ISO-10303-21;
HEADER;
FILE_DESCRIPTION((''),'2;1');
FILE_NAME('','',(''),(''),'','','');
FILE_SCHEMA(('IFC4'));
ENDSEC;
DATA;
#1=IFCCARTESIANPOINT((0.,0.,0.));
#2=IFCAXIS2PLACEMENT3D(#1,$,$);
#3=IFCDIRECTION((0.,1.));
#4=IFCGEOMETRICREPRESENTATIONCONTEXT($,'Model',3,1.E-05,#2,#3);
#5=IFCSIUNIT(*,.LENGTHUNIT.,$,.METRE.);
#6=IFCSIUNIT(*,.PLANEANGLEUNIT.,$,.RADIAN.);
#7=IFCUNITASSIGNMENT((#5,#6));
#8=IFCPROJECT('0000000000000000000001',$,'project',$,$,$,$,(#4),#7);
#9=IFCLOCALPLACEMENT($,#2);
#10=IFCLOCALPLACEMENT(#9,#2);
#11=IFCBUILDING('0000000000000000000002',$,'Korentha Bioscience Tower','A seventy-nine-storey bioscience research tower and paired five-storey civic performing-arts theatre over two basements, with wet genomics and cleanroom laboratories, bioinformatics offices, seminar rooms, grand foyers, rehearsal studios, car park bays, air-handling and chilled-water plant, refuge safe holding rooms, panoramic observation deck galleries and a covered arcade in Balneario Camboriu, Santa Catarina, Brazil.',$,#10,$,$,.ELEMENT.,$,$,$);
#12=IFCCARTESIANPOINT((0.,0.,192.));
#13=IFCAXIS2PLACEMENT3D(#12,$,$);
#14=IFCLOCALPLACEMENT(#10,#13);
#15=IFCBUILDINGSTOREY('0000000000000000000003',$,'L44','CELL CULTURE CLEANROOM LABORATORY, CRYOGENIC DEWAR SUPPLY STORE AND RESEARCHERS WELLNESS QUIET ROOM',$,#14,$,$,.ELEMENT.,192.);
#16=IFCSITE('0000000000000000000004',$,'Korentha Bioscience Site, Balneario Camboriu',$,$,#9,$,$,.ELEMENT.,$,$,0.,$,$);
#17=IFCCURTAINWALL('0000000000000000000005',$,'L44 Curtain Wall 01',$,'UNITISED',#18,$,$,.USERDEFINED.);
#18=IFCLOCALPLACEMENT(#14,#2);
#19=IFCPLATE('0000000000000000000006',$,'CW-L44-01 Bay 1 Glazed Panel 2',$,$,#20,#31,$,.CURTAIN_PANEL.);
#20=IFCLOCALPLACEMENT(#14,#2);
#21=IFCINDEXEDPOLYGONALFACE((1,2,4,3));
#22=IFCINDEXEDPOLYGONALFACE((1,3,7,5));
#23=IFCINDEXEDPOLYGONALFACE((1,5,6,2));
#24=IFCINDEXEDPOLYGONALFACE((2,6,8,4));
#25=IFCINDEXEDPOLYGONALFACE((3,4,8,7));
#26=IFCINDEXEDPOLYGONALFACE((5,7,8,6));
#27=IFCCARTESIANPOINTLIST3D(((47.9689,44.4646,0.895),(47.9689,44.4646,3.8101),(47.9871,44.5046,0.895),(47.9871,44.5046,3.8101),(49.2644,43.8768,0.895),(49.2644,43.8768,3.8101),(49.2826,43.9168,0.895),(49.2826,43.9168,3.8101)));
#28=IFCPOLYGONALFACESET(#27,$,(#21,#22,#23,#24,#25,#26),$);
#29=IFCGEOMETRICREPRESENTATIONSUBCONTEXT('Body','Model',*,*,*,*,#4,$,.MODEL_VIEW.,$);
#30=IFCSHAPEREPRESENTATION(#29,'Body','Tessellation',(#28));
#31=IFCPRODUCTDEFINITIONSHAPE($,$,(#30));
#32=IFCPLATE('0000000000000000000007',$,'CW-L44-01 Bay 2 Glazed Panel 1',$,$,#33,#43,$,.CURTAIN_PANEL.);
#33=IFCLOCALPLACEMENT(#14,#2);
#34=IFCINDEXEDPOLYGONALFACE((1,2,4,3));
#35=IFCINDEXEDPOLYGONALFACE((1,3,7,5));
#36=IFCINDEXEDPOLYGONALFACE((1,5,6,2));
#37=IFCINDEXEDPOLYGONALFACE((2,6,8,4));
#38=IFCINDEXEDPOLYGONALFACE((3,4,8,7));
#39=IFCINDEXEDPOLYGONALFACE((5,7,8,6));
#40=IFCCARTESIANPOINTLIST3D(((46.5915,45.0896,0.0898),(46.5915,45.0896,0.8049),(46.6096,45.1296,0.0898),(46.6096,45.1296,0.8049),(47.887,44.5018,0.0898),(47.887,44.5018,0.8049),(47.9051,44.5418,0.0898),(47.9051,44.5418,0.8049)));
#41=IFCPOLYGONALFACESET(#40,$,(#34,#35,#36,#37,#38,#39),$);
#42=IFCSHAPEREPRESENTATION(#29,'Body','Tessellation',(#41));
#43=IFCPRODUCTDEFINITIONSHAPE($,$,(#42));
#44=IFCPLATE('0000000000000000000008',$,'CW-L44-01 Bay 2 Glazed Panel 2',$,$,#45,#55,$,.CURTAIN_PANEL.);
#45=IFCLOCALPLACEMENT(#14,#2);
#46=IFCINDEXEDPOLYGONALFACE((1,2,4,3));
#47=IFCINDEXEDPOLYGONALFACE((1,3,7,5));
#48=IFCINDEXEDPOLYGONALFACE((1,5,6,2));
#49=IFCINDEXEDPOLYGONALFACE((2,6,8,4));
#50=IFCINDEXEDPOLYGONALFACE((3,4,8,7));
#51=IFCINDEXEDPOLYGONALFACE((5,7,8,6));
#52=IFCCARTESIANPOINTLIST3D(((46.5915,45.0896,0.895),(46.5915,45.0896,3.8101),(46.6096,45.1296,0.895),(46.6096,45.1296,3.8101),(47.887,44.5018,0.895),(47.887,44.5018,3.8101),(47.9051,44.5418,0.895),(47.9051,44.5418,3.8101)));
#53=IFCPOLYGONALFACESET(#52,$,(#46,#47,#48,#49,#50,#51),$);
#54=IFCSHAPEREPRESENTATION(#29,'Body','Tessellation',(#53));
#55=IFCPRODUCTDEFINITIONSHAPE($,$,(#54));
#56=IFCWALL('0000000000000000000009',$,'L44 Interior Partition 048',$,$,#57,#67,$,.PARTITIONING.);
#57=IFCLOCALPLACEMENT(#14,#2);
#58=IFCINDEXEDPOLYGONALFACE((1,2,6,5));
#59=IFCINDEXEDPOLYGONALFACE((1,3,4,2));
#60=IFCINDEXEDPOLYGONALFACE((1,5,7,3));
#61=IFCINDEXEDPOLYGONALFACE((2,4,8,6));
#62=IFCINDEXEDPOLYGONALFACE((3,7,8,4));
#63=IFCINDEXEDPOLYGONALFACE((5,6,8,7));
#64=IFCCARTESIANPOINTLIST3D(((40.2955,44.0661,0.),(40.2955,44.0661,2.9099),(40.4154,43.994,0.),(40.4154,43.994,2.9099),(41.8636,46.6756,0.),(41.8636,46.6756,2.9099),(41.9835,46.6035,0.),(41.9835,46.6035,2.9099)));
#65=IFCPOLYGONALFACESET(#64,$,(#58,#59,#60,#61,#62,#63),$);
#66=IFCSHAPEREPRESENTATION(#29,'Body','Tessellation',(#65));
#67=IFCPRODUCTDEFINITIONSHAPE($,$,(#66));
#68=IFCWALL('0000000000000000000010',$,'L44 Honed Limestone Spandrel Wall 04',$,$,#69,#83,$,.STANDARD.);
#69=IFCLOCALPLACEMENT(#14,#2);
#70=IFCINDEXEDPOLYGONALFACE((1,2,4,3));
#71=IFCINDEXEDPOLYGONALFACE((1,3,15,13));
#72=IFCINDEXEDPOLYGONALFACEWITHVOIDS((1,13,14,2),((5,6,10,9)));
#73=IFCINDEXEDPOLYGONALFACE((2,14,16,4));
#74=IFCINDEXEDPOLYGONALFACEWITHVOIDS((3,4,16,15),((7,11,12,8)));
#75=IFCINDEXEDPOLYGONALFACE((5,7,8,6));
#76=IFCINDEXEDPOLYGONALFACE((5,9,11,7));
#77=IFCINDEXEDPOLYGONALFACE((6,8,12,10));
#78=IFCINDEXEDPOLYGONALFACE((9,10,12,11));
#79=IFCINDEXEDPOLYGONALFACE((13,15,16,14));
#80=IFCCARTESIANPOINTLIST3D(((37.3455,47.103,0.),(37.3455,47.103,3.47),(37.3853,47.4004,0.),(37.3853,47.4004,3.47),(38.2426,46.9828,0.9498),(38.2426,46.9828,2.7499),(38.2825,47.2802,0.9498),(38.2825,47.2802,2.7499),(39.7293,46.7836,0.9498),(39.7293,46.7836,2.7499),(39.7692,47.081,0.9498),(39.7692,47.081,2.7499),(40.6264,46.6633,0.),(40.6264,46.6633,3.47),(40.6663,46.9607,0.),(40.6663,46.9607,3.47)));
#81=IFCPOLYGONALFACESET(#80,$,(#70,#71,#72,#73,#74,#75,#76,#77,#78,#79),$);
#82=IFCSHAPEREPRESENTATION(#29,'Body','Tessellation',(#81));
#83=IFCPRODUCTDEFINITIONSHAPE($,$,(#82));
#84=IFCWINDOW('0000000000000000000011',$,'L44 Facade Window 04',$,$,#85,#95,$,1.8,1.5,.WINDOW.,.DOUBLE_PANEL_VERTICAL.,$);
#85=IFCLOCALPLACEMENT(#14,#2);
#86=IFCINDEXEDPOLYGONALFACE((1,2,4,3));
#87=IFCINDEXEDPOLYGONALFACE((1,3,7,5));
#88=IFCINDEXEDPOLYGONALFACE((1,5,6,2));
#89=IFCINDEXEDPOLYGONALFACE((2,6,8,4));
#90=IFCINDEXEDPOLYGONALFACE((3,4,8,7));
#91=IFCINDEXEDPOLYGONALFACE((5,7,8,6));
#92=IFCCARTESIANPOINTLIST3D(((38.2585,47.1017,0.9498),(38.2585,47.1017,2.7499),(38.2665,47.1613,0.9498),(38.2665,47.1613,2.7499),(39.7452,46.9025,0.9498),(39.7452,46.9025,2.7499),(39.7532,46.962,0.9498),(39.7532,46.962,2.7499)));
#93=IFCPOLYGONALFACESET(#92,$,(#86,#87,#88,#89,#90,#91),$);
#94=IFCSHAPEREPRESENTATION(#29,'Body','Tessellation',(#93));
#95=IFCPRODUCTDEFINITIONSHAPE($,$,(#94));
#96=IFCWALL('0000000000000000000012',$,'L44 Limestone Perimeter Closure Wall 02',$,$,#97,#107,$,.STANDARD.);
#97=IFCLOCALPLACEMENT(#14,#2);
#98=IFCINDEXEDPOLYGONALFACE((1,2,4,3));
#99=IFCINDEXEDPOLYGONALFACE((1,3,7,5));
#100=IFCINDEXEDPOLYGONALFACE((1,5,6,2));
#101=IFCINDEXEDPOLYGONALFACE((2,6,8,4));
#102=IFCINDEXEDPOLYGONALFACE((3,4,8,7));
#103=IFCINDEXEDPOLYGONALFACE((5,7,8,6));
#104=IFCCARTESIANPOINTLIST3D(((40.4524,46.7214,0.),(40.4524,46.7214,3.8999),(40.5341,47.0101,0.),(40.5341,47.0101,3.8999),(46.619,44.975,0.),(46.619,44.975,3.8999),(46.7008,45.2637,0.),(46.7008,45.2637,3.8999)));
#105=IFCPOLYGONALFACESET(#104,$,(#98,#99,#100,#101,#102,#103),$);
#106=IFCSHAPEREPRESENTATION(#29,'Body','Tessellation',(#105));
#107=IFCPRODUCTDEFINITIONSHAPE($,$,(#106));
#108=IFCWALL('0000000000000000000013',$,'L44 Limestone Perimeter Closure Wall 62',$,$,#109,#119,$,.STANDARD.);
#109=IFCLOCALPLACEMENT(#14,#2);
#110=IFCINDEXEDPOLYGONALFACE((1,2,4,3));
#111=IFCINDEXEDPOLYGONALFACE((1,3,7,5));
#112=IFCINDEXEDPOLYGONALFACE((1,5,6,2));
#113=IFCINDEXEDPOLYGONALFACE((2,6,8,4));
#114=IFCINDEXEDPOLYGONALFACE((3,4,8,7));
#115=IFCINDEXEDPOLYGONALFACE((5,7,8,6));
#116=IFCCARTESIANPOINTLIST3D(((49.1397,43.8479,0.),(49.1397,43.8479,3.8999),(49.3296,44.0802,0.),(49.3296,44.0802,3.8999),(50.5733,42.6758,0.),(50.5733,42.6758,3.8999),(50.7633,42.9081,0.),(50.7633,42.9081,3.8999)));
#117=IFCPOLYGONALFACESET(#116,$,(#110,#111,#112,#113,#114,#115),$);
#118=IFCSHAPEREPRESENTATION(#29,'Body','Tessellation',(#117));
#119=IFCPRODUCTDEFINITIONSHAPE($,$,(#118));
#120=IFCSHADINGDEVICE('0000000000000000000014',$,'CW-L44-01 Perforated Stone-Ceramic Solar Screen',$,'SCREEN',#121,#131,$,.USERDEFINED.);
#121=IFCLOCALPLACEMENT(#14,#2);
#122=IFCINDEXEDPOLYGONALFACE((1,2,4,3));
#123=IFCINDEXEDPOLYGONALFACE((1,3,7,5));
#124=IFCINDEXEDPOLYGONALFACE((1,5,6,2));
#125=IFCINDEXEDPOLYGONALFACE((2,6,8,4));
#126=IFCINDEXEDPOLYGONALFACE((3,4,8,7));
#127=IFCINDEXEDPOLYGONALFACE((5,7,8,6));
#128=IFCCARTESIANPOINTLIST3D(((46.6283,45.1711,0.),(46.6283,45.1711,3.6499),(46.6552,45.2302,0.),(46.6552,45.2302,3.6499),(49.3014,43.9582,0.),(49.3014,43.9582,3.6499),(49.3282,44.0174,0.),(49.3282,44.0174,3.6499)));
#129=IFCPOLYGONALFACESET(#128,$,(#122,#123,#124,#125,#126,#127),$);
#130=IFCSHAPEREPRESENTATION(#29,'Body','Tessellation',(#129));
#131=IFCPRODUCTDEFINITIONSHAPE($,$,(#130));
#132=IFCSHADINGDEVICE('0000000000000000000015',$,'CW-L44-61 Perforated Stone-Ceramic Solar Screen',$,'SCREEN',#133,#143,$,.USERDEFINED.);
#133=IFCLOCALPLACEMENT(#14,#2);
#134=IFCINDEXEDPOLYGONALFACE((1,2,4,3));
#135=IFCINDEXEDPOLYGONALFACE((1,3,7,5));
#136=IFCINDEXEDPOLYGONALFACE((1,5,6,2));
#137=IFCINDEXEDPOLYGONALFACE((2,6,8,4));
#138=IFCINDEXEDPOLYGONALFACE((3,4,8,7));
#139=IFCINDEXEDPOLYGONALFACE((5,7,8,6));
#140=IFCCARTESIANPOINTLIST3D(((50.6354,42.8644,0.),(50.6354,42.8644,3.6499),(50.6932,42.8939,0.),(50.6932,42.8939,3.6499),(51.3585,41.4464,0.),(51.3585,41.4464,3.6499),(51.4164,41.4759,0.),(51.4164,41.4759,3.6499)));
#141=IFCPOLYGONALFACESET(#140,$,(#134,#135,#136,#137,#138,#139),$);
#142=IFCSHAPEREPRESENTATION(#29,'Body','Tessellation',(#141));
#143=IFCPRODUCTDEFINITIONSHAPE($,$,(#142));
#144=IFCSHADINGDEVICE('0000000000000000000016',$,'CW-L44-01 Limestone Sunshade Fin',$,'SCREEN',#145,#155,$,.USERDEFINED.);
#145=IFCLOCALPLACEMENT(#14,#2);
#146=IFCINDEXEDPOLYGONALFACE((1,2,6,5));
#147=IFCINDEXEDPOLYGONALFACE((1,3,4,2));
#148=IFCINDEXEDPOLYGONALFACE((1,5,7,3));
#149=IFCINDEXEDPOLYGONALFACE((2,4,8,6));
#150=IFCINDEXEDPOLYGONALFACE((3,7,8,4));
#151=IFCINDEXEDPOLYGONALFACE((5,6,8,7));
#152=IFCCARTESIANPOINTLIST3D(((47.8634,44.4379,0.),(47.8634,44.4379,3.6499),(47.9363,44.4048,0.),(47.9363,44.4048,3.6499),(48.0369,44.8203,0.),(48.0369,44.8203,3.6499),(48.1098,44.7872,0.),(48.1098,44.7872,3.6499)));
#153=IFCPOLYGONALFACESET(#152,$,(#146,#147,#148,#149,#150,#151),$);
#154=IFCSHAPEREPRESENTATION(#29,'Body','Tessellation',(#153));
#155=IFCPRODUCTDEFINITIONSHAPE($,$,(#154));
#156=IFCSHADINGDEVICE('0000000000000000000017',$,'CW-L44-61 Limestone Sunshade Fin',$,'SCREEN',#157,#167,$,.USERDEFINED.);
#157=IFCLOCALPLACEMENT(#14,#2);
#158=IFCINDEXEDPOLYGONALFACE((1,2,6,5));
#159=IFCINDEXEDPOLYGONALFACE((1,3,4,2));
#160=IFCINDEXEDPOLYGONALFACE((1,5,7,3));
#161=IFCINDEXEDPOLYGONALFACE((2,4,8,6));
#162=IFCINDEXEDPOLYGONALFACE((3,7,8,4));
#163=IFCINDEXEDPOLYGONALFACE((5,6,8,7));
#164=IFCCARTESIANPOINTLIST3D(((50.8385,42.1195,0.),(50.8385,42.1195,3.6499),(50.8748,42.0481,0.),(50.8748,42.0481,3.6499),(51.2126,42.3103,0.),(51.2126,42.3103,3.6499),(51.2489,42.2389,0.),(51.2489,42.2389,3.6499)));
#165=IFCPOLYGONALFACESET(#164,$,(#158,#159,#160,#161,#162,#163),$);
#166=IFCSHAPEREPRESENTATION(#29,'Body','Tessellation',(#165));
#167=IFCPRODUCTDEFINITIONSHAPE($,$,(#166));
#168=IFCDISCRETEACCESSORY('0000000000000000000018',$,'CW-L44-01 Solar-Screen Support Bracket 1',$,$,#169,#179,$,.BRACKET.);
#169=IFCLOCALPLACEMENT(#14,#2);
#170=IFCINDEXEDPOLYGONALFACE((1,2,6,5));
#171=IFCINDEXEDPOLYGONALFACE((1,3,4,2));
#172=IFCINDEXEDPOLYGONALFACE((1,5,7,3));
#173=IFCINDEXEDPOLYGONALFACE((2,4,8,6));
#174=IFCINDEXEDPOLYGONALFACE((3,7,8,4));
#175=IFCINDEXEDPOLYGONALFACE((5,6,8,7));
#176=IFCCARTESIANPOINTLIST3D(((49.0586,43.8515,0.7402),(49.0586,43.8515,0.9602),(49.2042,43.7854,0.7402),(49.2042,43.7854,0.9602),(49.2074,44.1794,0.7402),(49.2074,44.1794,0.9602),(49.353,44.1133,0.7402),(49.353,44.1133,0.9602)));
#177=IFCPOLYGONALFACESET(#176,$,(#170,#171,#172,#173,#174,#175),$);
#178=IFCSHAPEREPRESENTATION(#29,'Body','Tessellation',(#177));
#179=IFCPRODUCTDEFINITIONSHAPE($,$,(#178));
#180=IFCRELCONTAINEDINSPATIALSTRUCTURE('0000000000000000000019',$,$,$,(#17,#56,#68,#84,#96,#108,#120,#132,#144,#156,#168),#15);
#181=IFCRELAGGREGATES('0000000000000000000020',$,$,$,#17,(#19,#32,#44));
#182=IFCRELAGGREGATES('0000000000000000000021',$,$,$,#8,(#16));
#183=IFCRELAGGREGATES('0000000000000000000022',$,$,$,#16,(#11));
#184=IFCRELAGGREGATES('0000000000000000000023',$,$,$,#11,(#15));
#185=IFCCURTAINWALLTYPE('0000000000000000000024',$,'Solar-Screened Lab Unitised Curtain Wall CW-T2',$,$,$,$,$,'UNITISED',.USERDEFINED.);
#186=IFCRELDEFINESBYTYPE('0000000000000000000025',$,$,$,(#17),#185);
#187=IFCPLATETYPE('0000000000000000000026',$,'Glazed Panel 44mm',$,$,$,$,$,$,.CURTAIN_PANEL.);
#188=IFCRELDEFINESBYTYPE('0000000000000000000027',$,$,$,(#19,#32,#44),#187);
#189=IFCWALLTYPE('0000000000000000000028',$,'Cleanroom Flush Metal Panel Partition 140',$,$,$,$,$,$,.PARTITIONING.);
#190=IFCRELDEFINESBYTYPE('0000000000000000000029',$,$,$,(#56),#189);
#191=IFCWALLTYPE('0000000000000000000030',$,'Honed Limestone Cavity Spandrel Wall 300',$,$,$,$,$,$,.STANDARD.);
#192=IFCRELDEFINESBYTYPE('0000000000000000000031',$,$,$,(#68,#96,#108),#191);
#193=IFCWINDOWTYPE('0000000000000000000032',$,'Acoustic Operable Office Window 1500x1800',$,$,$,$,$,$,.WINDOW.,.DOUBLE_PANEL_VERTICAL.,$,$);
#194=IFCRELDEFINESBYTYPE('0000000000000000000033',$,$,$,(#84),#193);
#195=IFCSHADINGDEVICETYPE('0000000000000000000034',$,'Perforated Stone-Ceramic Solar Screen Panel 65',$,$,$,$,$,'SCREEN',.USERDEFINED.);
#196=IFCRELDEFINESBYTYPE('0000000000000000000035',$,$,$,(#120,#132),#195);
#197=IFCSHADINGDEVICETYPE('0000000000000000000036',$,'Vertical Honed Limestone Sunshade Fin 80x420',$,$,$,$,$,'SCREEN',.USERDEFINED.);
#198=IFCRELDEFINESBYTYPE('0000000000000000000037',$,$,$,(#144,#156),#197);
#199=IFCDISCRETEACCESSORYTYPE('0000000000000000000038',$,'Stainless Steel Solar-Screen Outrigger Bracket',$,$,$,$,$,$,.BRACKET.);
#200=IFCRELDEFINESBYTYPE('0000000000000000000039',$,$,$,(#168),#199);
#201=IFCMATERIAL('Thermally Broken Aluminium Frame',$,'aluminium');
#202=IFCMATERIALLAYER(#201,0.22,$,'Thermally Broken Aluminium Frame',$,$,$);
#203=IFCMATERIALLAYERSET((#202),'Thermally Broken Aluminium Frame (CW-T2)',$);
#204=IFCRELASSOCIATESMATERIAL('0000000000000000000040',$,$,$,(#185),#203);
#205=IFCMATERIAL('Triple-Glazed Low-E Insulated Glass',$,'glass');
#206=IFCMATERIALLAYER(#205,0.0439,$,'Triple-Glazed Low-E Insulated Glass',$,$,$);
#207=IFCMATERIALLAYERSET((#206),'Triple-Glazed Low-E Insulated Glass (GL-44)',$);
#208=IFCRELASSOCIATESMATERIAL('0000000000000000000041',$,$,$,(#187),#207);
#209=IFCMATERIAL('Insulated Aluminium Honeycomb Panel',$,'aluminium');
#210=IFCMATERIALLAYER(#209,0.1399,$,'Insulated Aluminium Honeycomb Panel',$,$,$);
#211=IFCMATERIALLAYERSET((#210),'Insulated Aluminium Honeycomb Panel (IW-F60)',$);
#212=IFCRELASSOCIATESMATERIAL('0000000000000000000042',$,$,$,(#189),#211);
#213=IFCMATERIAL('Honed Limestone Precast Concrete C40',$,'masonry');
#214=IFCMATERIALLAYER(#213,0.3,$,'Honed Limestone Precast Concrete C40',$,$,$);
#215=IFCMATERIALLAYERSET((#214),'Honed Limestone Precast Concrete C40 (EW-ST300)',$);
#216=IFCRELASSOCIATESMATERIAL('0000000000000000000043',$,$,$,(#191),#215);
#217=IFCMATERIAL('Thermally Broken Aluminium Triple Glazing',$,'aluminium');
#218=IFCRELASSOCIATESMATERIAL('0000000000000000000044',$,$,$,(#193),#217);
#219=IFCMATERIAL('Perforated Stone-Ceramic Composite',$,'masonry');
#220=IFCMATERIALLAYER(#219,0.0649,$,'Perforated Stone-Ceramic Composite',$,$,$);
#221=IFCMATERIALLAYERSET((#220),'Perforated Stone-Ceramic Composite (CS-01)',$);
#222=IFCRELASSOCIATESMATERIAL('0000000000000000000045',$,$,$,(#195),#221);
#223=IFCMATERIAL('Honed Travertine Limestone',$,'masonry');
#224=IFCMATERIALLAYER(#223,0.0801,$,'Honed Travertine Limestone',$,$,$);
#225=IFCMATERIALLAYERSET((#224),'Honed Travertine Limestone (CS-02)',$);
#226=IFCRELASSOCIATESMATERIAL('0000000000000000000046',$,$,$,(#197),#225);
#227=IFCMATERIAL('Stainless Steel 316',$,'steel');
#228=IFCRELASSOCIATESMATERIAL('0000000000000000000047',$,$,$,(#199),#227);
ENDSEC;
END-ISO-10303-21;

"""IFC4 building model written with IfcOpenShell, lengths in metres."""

from ifc_helpers import new_model, si_unit, direction, frame, frame_2d, origin, origin_2d, place, context, subcontext, project, spatial, rectangle, extrude, material, layer, layer_set, type_object, element, fill, aggregate, save


model = new_model("IFC4")

# Units and contexts
model_context = context("Model", 3, precision=1e-05, world=origin(), true_north=direction((0.0, 1.0)))
body_context = subcontext(model_context, "Body", "Model", "MODEL_VIEW")
ifc_project = project(units=[si_unit("LENGTHUNIT", "METRE"), si_unit("PLANEANGLEUNIT", "RADIAN")], contexts=[model_context])

# Site, building, storey
site_placement = place(None, origin())
site = spatial("IfcSite", under=ifc_project, at=site_placement, Name="Korentha Bioscience Site, Balneario Camboriu", CompositionType="ELEMENT", RefElevation=0.0)
building_placement = place(site_placement, origin())
building = spatial("IfcBuilding", under=site, at=building_placement, Name="Korentha Bioscience Tower", Description="A seventy-nine-storey bioscience research tower and paired five-storey civic performing-arts theatre over two basements, with wet genomics and cleanroom laboratories, bioinformatics offices, seminar rooms, grand foyers, rehearsal studios, car park bays, air-handling and chilled-water plant, refuge safe holding rooms, panoramic observation deck galleries and a covered arcade in Balneario Camboriu, Santa Catarina, Brazil.", CompositionType="ELEMENT")
storey_placement = place(building_placement, frame((0.0, 0.0, 192.0)))
storey = spatial("IfcBuildingStorey", under=building, at=storey_placement, Name="L44", Description="CELL CULTURE CLEANROOM LABORATORY, CRYOGENIC DEWAR SUPPLY STORE AND RESEARCHERS WELLNESS QUIET ROOM", CompositionType="ELEMENT", Elevation=192.0)

# Curtain wall
ifc_material_1 = material(Name="Thermally Broken Aluminium Frame", Category="aluminium")
ifc_layer_1 = layer(ifc_material_1, 0.22, Name="Thermally Broken Aluminium Frame")
ifc_layer_set_1 = layer_set([ifc_layer_1], Name="Thermally Broken Aluminium Frame (CW-T2)")
curtain_wall_type = type_object("IfcCurtainWallType", Name="Solar-Screened Lab Unitised Curtain Wall CW-T2", ElementType="UNITISED", PredefinedType="USERDEFINED", material=ifc_layer_set_1)
curtain_wall_1_placement = place(storey_placement, origin())
curtain_wall_1 = element("IfcCurtainWall", 1, at=curtain_wall_1_placement, inside=storey, type_object=curtain_wall_type, Name="L44 Curtain Wall 01", ObjectType="UNITISED", PredefinedType="USERDEFINED")

# Plates
ifc_material_2 = material(Name="Triple-Glazed Low-E Insulated Glass", Category="glass")
ifc_layer_2 = layer(ifc_material_2, 0.0439, Name="Triple-Glazed Low-E Insulated Glass")
ifc_layer_set_2 = layer_set([ifc_layer_2], Name="Triple-Glazed Low-E Insulated Glass (GL-44)")
plate_type = type_object("IfcPlateType", Name="Glazed Panel 44mm", PredefinedType="CURTAIN_PANEL", material=ifc_layer_set_2)
plate_1_placement = place(storey_placement, frame((48.6257, 44.1907, 0.895), z_axis=(0.0, 0.0, 1.0), x_axis=(-0.910644, 0.413191, 0.0)))
plate_1 = element("IfcPlate", 2, at=plate_1_placement, type_object=plate_type, Name="CW-L44-01 Bay 1 Glazed Panel 2", PredefinedType="CURTAIN_PANEL", context=body_context, shape_type="SweptSolid", body=[
    extrude(rectangle(XDim=1.4226, YDim=0.0439, at=origin_2d()), origin(), (0.0, 0.0, 1.0), 2.915),
])
plate_2_placement = place(storey_placement, frame((47.2483, 44.8157, 0.0898), z_axis=(0.0, 0.0, 1.0), x_axis=(-0.910644, 0.413191, 0.0)))
plate_2 = element("IfcPlate", 3, at=plate_2_placement, type_object=plate_type, Name="CW-L44-01 Bay 2 Glazed Panel 1", PredefinedType="CURTAIN_PANEL", context=body_context, shape_type="SweptSolid", body=[
    extrude(rectangle(XDim=1.4226, YDim=0.0439, at=origin_2d()), origin(), (0.0, 0.0, 1.0), 0.7151),
])
plate_3_placement = place(storey_placement, frame((47.2483, 44.8157, 0.895), z_axis=(0.0, 0.0, 1.0), x_axis=(-0.910644, 0.413191, 0.0)))
plate_3 = element("IfcPlate", 4, at=plate_3_placement, type_object=plate_type, Name="CW-L44-01 Bay 2 Glazed Panel 2", PredefinedType="CURTAIN_PANEL", context=body_context, shape_type="SweptSolid", body=[
    extrude(rectangle(XDim=1.4226, YDim=0.0439, at=origin_2d()), origin(), (0.0, 0.0, 1.0), 2.915),
])
aggregate(curtain_wall_1, [plate_1, plate_2, plate_3])

# Wall
ifc_material_3 = material(Name="Insulated Aluminium Honeycomb Panel", Category="aluminium")
ifc_layer_3 = layer(ifc_material_3, 0.1399, Name="Insulated Aluminium Honeycomb Panel")
ifc_layer_set_3 = layer_set([ifc_layer_3], Name="Insulated Aluminium Honeycomb Panel (IW-F60)")
wall_type_1 = type_object("IfcWallType", Name="Cleanroom Flush Metal Panel Partition 140", PredefinedType="PARTITIONING", material=ifc_layer_set_3)
wall_1_placement = place(storey_placement, frame((40.3555, 44.03, 0.0), z_axis=(0.0, 0.0, 1.0), x_axis=(0.515062, 0.857153, 0.0)))
element("IfcWall", 5, at=wall_1_placement, inside=storey, type_object=wall_type_1, Name="L44 Interior Partition 048", PredefinedType="PARTITIONING", context=body_context, shape_type="SweptSolid", body=[
    extrude(rectangle(XDim=3.0444, YDim=0.1399, at=frame_2d((1.5222, 0.0))), origin(), (0.0, 0.0, 1.0), 2.9099),
])

# Wall, opening, window
ifc_material_4 = material(Name="Honed Limestone Precast Concrete C40", Category="masonry")
ifc_layer_4 = layer(ifc_material_4, 0.3, Name="Honed Limestone Precast Concrete C40")
ifc_layer_set_4 = layer_set([ifc_layer_4], Name="Honed Limestone Precast Concrete C40 (EW-ST300)")
wall_type_2 = type_object("IfcWallType", Name="Honed Limestone Cavity Spandrel Wall 300", PredefinedType="STANDARD", material=ifc_layer_set_4)
wall_2_placement = place(storey_placement, frame((40.6465, 46.812, 0.0), z_axis=(0.0, 0.0, 1.0), x_axis=(-0.991139, 0.132826, 0.0)))
wall_2 = element("IfcWall", 6, at=wall_2_placement, inside=storey, type_object=wall_type_2, Name="L44 Honed Limestone Spandrel Wall 04", PredefinedType="STANDARD", context=body_context, shape_type="SweptSolid", body=[
    extrude(rectangle(XDim=3.3103, YDim=0.3, at=frame_2d((1.6553, 0.0))), origin(), (0.0, 0.0, 1.0), 3.47),
])
opening_placement = place(wall_2_placement, frame((0.9053, 0.0, 0.95)))
opening = element("IfcOpeningElement", 7, at=opening_placement, cuts=wall_2, PredefinedType="OPENING", context=body_context, shape_type="SweptSolid", body=[
    extrude(rectangle(XDim=1.5, YDim=1.8, at=frame_2d((0.75, 0.8999))), frame((0.0, 0.165, 0.0), z_axis=(0.0, -1.0, 0.0), x_axis=(1.0, 0.0, 0.0)), (0.0, 0.0, 1.0), 0.3298),
])
ifc_material_5 = material(Name="Thermally Broken Aluminium Triple Glazing", Category="aluminium")
window_type = type_object("IfcWindowType", Name="Acoustic Operable Office Window 1500x1800", PartitioningType="DOUBLE_PANEL_VERTICAL", PredefinedType="WINDOW", material=ifc_material_5)
window_placement = place(opening_placement, origin())
window = element("IfcWindow", 8, at=window_placement, inside=storey, type_object=window_type, Name="L44 Facade Window 04", OverallHeight=1.8, OverallWidth=1.5, PartitioningType="DOUBLE_PANEL_VERTICAL", PredefinedType="WINDOW", context=body_context, shape_type="SweptSolid", body=[
    extrude(rectangle(XDim=1.5, YDim=1.8, at=frame_2d((0.75, 0.8999))), frame((0.0, 0.03, 0.0), z_axis=(0.0, -1.0, 0.0), x_axis=(1.0, 0.0, 0.0)), (0.0, 0.0, 1.0), 0.0601),
])
fill(opening, window)

# Walls
wall_3_placement = place(storey_placement, frame((46.6599, 45.1194, 0.0), z_axis=(0.0, 0.0, 1.0), x_axis=(-0.962164, 0.272472, 0.0)))
element("IfcWall", 9, at=wall_3_placement, inside=storey, type_object=wall_type_2, Name="L44 Limestone Perimeter Closure Wall 02", PredefinedType="STANDARD", context=body_context, shape_type="SweptSolid", body=[
    extrude(rectangle(XDim=6.4092, YDim=0.3, at=frame_2d((3.2046, 0.0))), origin(), (0.0, 0.0, 1.0), 3.8999),
])
wall_4_placement = place(storey_placement, frame((50.6682, 42.792, 0.0), z_axis=(0.0, 0.0, 1.0), x_axis=(-0.774175, 0.632972, 0.0)))
element("IfcWall", 10, at=wall_4_placement, inside=storey, type_object=wall_type_2, Name="L44 Limestone Perimeter Closure Wall 62", PredefinedType="STANDARD", context=body_context, shape_type="SweptSolid", body=[
    extrude(rectangle(XDim=1.8518, YDim=0.3, at=frame_2d((0.9258, 0.0))), origin(), (0.0, 0.0, 1.0), 3.8999),
])

# Shading devices
ifc_material_6 = material(Name="Perforated Stone-Ceramic Composite", Category="masonry")
ifc_layer_5 = layer(ifc_material_6, 0.0649, Name="Perforated Stone-Ceramic Composite")
ifc_layer_set_5 = layer_set([ifc_layer_5], Name="Perforated Stone-Ceramic Composite (CS-01)")
shading_device_type_1 = type_object("IfcShadingDeviceType", Name="Perforated Stone-Ceramic Solar Screen Panel 65", ElementType="SCREEN", PredefinedType="USERDEFINED", material=ifc_layer_set_5)
shading_device_1_placement = place(storey_placement, frame((47.9783, 44.5942, 0.0), z_axis=(0.0, 0.0, 1.0), x_axis=(-0.910644, 0.413191, 0.0)))
element("IfcShadingDevice", 11, at=shading_device_1_placement, inside=storey, type_object=shading_device_type_1, Name="CW-L44-01 Perforated Stone-Ceramic Solar Screen", ObjectType="SCREEN", PredefinedType="USERDEFINED", context=body_context, shape_type="SweptSolid", body=[
    extrude(rectangle(XDim=2.9353, YDim=0.0649, at=origin_2d()), origin(), (0.0, 0.0, 1.0), 3.6499),
])
shading_device_2_placement = place(storey_placement, frame((51.0259, 42.1702, 0.0), z_axis=(0.0, 0.0, 1.0), x_axis=(-0.454288, 0.890855, 0.0)))
element("IfcShadingDevice", 12, at=shading_device_2_placement, inside=storey, type_object=shading_device_type_1, Name="CW-L44-61 Perforated Stone-Ceramic Solar Screen", ObjectType="SCREEN", PredefinedType="USERDEFINED", context=body_context, shape_type="SweptSolid", body=[
    extrude(rectangle(XDim=1.5918, YDim=0.0649, at=origin_2d()), origin(), (0.0, 0.0, 1.0), 3.6499),
])
ifc_material_7 = material(Name="Honed Travertine Limestone", Category="masonry")
ifc_layer_6 = layer(ifc_material_7, 0.0801, Name="Honed Travertine Limestone")
ifc_layer_set_6 = layer_set([ifc_layer_6], Name="Honed Travertine Limestone (CS-02)")
shading_device_type_2 = type_object("IfcShadingDeviceType", Name="Vertical Honed Limestone Sunshade Fin 80x420", ElementType="SCREEN", PredefinedType="USERDEFINED", material=ifc_layer_set_6)
for number, where, z_axis, x_axis, name in (
    (13, (47.9866, 44.6125, 0.0), (0.0, 0.0, 1.0), (-0.910644, 0.413191, 0.0), "CW-L44-01 Limestone Sunshade Fin"),
    (14, (51.0437, 42.1792, 0.0), (0.0, 0.0, 1.0), (-0.454288, 0.890855, 0.0), "CW-L44-61 Limestone Sunshade Fin"),
):
    element("IfcShadingDevice", number, at=place(storey_placement, frame(where, z_axis=z_axis, x_axis=x_axis)), inside=storey, type_object=shading_device_type_2, Name=name, ObjectType="SCREEN", PredefinedType="USERDEFINED", context=body_context, shape_type="SweptSolid", body=[
        extrude(rectangle(XDim=0.0801, YDim=0.4199, at=origin_2d()), origin(), (0.0, 0.0, 1.0), 3.6499),
    ])

# Discrete accessory
ifc_material_8 = material(Name="Stainless Steel 316", Category="steel")
discrete_accessory_type = type_object("IfcDiscreteAccessoryType", Name="Stainless Steel Solar-Screen Outrigger Bracket", PredefinedType="BRACKET", material=ifc_material_8)
for number, where, z_axis, x_axis, name in (
    (15, (49.2058, 43.9824, 0.7402), (0.0, 0.0, 1.0), (-0.910644, 0.413191, 0.0), "CW-L44-01 Solar-Screen Support Bracket 1"),
):
    element("IfcDiscreteAccessory", number, at=place(storey_placement, frame(where, z_axis=z_axis, x_axis=x_axis)), inside=storey, type_object=discrete_accessory_type, Name=name, PredefinedType="BRACKET", context=body_context, shape_type="SweptSolid", body=[
        extrude(rectangle(XDim=0.1599, YDim=0.3601, at=origin_2d()), origin(), (0.0, 0.0, 1.0), 0.22),
    ])

save(model, "model.ifc")
